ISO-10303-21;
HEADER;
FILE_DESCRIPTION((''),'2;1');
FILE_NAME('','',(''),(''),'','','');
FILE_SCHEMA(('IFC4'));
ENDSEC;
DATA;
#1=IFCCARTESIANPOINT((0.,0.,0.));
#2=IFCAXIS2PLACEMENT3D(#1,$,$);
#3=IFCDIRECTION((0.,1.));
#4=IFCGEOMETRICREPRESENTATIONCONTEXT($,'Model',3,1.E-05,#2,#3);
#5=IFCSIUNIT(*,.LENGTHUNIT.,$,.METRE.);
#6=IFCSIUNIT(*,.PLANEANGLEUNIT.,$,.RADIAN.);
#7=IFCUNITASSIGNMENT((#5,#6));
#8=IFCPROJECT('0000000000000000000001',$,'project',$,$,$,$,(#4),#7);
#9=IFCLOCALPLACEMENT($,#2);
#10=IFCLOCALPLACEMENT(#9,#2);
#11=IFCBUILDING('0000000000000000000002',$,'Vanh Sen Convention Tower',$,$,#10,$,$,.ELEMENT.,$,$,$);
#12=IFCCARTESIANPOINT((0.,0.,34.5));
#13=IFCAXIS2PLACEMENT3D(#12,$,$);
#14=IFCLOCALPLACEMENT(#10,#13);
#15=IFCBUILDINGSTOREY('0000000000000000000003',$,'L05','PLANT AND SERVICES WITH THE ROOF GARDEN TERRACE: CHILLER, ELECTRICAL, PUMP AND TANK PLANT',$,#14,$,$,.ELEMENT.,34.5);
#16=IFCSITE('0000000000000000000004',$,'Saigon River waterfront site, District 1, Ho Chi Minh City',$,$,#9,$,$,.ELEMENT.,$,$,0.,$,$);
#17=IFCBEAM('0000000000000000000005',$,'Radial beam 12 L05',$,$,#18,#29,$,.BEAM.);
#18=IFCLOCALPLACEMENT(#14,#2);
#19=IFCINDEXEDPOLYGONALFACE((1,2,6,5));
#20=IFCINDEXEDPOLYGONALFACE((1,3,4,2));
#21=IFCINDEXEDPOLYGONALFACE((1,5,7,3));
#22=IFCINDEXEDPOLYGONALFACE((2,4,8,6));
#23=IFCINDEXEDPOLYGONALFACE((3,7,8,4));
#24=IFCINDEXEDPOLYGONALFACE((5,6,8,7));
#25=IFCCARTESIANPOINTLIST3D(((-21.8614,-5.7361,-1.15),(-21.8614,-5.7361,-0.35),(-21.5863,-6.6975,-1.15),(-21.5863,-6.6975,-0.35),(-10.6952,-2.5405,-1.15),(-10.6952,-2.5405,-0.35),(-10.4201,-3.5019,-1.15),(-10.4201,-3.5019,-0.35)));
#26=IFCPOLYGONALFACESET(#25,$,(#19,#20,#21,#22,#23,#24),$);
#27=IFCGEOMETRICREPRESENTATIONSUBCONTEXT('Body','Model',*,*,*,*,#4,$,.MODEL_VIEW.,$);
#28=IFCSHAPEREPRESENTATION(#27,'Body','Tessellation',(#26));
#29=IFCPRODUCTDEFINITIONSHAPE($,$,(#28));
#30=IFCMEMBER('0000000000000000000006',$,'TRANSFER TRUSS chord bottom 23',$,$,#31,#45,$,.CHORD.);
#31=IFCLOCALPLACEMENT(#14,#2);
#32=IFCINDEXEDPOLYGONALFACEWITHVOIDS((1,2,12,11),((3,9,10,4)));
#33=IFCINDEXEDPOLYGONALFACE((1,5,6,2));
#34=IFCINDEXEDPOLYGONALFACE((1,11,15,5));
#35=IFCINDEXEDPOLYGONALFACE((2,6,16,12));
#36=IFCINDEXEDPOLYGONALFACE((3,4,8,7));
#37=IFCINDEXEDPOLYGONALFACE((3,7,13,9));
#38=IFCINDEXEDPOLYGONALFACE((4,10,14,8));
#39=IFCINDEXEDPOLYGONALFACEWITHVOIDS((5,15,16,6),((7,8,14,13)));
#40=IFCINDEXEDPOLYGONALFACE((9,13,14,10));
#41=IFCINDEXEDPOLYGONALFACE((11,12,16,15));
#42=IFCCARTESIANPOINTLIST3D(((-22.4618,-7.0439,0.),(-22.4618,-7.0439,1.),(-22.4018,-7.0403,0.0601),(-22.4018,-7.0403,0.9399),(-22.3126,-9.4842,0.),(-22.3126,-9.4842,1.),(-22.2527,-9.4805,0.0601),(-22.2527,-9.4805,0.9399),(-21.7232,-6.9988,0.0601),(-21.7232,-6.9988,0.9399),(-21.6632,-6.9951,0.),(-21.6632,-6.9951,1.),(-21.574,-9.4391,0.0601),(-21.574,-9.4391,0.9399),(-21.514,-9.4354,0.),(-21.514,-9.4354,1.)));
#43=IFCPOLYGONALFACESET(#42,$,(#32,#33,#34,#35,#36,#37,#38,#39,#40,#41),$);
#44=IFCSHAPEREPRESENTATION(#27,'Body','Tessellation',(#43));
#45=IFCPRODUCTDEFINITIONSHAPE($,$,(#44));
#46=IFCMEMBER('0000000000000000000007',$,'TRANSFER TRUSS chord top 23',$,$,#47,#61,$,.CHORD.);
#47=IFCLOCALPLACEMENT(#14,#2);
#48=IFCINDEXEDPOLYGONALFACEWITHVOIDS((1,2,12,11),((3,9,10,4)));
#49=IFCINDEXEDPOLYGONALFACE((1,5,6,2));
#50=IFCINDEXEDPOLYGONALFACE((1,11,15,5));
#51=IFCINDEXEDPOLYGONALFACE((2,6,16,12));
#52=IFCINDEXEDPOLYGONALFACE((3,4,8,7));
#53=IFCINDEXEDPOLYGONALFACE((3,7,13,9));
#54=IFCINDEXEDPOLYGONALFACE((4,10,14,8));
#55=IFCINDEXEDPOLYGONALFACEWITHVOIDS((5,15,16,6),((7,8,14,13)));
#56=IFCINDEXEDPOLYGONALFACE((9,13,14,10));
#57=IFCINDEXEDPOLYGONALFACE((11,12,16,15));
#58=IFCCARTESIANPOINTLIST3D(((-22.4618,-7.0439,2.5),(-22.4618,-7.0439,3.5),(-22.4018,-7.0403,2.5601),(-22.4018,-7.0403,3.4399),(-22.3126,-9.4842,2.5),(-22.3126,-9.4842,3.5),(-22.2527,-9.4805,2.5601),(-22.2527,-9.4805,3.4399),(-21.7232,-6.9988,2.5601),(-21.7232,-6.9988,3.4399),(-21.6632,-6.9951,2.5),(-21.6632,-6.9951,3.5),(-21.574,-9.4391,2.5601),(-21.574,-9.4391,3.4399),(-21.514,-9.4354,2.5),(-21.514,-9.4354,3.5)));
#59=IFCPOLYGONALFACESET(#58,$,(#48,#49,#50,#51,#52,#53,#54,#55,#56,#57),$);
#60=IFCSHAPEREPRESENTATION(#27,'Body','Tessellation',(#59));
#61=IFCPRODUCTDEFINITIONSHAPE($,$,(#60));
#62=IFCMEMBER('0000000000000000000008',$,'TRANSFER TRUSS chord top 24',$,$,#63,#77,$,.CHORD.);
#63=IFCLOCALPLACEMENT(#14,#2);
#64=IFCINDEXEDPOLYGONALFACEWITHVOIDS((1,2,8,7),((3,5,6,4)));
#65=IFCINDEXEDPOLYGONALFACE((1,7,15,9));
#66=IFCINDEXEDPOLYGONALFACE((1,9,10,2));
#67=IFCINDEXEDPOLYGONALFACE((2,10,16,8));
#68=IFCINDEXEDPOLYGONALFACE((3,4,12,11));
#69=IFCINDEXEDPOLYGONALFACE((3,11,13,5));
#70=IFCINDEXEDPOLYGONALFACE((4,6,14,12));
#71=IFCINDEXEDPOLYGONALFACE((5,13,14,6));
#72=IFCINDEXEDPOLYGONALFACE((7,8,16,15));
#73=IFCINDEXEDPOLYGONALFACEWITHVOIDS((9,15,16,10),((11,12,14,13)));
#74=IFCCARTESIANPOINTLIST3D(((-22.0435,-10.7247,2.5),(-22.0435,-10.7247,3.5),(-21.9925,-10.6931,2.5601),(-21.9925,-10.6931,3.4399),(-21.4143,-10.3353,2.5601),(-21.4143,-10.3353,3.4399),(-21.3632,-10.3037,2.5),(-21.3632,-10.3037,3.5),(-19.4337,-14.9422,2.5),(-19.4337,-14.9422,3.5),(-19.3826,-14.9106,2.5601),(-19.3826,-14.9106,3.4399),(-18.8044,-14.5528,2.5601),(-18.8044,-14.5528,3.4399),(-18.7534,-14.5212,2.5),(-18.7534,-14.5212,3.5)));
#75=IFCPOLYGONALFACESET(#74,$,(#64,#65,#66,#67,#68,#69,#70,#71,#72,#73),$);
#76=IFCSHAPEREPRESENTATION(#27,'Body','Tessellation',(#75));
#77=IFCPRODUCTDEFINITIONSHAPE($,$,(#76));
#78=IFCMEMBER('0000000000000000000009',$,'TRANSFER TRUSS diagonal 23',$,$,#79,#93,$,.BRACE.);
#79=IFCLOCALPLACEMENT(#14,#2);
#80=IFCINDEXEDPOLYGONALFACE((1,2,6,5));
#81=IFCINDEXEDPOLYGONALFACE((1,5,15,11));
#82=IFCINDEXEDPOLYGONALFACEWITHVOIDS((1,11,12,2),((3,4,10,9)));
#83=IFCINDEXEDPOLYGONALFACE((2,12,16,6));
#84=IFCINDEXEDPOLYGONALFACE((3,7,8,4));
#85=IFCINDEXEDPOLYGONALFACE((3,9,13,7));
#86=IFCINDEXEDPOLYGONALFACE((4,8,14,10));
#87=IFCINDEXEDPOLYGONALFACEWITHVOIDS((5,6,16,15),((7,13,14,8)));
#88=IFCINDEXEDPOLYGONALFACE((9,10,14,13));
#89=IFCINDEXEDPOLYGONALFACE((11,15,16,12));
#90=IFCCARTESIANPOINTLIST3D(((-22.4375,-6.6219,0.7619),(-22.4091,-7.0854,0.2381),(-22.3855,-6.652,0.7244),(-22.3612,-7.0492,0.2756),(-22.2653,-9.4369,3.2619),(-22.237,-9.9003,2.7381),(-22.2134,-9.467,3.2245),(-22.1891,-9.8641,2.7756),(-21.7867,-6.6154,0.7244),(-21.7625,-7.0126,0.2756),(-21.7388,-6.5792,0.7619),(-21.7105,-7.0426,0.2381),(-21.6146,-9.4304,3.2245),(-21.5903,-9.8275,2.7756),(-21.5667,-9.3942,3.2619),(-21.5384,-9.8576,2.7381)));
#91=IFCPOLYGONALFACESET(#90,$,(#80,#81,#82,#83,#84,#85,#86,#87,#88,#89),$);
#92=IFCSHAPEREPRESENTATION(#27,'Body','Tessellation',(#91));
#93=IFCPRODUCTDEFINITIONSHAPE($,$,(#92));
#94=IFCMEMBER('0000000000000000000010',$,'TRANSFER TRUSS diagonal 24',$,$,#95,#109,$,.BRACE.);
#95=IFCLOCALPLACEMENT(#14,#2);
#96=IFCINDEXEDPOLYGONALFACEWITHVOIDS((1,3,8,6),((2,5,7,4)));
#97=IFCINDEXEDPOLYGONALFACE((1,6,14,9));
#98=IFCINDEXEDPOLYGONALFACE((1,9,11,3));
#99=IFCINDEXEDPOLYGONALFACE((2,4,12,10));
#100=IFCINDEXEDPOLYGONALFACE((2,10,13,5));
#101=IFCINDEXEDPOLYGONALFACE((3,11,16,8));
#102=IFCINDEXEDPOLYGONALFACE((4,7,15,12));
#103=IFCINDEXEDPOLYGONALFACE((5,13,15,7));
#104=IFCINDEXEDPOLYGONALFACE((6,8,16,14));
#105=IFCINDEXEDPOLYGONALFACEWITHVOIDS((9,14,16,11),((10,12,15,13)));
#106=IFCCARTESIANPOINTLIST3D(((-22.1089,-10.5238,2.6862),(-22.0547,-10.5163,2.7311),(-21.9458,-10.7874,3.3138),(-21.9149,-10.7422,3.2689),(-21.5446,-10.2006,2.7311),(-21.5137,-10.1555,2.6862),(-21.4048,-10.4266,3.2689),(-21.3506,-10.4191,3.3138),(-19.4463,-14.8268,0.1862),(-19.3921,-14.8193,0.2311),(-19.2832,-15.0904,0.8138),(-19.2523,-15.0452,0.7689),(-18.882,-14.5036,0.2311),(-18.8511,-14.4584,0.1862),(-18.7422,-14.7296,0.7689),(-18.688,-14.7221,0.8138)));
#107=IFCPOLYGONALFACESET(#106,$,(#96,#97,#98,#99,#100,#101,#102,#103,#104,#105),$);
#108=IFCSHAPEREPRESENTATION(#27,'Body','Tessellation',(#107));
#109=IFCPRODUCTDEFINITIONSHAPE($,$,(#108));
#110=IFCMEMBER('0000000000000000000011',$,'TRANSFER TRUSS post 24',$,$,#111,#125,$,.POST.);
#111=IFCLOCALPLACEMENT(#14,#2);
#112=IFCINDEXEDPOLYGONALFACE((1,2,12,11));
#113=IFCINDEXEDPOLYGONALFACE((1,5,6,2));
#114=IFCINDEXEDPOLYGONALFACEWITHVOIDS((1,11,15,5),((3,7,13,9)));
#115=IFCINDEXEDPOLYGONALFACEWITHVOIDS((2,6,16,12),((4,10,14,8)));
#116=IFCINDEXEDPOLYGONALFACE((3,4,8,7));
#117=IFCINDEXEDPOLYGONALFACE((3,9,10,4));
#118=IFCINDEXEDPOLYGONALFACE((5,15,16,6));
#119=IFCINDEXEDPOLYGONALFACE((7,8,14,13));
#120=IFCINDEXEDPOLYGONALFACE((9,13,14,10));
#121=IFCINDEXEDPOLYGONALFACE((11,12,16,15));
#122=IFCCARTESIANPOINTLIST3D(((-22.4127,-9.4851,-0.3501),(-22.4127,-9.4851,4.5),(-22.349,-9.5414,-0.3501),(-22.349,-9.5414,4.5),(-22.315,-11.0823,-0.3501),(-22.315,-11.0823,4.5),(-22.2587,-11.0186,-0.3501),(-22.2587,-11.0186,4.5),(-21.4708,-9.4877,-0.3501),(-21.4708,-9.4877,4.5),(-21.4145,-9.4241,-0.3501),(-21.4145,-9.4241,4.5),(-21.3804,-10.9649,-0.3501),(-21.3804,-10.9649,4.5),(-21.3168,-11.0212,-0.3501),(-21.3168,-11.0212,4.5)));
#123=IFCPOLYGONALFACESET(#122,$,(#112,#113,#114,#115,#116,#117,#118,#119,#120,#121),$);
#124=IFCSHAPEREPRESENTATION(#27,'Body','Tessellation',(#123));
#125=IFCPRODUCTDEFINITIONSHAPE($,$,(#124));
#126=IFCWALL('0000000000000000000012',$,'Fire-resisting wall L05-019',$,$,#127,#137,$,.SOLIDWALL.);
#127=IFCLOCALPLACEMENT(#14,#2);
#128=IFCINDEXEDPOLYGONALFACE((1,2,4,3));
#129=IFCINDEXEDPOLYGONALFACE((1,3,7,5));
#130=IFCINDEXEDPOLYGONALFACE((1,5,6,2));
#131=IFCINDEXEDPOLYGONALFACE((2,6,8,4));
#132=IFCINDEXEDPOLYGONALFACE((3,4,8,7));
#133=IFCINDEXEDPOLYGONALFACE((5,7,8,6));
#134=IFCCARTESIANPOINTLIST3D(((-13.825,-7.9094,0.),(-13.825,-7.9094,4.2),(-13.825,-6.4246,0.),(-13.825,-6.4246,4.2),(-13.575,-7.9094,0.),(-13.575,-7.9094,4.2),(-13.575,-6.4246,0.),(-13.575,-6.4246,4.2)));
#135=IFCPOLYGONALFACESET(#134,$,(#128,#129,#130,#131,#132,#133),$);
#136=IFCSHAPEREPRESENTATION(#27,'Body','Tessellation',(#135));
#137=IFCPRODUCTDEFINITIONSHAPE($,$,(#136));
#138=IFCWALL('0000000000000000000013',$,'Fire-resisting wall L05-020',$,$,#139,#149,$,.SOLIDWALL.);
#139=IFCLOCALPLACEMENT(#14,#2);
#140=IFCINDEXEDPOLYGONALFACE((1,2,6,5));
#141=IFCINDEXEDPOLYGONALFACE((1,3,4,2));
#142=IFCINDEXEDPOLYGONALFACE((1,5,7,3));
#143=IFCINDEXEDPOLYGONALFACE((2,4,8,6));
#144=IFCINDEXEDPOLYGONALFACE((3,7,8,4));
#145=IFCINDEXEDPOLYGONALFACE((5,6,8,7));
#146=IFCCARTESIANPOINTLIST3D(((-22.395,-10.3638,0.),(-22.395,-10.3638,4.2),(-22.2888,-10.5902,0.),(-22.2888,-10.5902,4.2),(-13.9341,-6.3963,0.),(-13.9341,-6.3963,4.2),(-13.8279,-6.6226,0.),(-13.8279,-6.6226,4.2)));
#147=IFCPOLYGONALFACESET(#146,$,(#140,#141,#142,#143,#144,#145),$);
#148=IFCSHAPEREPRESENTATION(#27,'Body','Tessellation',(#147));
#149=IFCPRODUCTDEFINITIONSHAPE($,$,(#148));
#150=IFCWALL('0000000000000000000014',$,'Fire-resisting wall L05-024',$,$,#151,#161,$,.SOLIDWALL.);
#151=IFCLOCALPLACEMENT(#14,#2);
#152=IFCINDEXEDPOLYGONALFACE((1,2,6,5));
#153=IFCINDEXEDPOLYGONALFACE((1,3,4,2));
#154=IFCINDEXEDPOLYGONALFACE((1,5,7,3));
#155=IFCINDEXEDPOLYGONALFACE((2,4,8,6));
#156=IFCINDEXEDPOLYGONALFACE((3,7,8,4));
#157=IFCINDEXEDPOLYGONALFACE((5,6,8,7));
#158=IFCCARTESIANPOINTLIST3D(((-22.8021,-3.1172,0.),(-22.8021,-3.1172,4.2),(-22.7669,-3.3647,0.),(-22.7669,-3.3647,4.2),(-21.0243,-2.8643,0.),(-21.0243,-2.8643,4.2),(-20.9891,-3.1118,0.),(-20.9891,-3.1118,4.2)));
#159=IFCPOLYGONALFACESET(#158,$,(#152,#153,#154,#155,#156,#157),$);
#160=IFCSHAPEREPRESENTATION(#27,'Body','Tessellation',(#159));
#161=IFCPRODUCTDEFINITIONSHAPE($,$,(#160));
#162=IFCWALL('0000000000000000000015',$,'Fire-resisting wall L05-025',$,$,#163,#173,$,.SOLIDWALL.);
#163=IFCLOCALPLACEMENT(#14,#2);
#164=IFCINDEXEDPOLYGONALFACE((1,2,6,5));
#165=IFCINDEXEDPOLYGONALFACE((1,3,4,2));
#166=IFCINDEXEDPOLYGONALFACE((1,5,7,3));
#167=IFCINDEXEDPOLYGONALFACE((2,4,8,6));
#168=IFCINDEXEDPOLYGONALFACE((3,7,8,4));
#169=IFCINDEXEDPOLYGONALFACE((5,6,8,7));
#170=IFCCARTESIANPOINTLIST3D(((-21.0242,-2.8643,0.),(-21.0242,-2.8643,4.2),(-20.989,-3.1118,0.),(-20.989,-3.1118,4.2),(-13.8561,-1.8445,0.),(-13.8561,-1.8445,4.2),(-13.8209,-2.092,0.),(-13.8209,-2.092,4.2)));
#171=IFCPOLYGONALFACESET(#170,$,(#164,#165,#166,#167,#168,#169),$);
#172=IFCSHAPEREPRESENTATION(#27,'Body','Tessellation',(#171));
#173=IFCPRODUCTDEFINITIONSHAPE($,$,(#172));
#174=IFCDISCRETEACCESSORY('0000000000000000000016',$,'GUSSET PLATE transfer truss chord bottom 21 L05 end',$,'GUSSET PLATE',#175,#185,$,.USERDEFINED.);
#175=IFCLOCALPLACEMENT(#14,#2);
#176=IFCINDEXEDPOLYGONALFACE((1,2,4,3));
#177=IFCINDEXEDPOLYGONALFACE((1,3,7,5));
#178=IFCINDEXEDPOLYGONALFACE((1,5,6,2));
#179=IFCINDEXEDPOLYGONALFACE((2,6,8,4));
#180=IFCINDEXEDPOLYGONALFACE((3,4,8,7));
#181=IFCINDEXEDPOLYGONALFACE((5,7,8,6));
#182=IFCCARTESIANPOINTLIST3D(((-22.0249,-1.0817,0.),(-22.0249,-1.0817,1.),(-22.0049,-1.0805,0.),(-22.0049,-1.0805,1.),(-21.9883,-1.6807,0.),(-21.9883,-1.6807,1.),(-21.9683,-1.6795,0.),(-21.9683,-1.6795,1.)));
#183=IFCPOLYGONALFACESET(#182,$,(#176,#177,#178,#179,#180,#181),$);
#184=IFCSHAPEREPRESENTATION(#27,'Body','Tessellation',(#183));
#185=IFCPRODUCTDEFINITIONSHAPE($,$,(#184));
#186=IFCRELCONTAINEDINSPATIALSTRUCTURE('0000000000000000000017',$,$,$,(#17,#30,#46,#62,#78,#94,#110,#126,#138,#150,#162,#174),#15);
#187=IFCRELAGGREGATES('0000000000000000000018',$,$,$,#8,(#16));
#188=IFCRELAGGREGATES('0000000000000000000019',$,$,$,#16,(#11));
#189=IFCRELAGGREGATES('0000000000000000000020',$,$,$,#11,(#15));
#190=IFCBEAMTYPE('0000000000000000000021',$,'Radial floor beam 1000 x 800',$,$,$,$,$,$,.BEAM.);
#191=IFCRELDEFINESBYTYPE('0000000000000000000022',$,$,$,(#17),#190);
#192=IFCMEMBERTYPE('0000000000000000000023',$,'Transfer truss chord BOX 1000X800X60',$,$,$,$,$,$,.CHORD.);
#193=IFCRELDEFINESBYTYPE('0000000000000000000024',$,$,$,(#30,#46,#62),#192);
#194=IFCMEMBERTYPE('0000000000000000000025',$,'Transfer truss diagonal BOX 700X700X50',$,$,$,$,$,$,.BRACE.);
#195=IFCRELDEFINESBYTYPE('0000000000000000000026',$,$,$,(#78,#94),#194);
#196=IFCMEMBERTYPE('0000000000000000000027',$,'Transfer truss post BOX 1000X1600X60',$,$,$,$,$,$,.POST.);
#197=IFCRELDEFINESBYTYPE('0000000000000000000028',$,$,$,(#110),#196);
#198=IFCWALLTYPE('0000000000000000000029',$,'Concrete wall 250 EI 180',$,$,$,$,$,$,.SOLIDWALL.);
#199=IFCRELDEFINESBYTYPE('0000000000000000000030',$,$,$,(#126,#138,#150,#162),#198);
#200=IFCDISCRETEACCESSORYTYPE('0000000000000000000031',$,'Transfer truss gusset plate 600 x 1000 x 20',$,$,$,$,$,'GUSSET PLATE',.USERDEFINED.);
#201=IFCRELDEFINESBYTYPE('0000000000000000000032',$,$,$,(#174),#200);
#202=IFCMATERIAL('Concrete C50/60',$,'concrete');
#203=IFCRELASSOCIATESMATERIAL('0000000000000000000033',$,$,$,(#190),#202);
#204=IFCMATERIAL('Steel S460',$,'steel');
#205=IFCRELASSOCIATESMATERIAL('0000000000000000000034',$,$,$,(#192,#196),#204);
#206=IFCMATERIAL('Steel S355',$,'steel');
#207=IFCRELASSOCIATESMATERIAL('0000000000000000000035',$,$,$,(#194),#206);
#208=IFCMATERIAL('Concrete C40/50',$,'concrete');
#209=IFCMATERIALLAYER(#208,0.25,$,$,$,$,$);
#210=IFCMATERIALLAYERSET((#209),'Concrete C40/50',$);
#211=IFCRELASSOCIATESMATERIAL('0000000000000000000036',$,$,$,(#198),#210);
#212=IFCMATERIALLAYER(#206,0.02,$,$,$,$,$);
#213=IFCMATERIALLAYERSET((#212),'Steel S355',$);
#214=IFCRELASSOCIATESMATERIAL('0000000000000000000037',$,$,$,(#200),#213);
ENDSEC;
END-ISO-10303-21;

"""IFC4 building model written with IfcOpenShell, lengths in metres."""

from ifc_helpers import new_model, si_unit, direction, frame, frame_2d, origin, origin_2d, place, context, subcontext, project, spatial, rectangle, hollow_rectangle, extrude, material, layer, layer_set, material_profile, profile_set, type_object, element, save


model = new_model("IFC4")

# Units and contexts
model_context = context("Model", 3, precision=1e-05, world=origin(), true_north=direction((0.0, 1.0)))
body_context = subcontext(model_context, "Body", "Model", "MODEL_VIEW")
ifc_project = project(units=[si_unit("LENGTHUNIT", "METRE"), si_unit("PLANEANGLEUNIT", "RADIAN")], contexts=[model_context])

# Site, building, storey
site_placement = place(None, origin())
site = spatial("IfcSite", under=ifc_project, at=site_placement, Name="Saigon River waterfront site, District 1, Ho Chi Minh City", CompositionType="ELEMENT", RefElevation=0.0)
building_placement = place(site_placement, origin())
building = spatial("IfcBuilding", under=site, at=building_placement, Name="Vanh Sen Convention Tower", CompositionType="ELEMENT")
storey_placement = place(building_placement, frame((0.0, 0.0, 34.5)))
storey = spatial("IfcBuildingStorey", under=building, at=storey_placement, Name="L05", Description="PLANT AND SERVICES WITH THE ROOF GARDEN TERRACE: CHILLER, ELECTRICAL, PUMP AND TANK PLANT", CompositionType="ELEMENT", Elevation=34.5)

# Beam
ifc_material_1 = material(Name="Concrete C50/60", Category="concrete")
ifc_material_profile_1 = material_profile(ifc_material_1, rectangle(XDim=1.0, YDim=0.8, at=origin_2d()), Name="RC 1000X800")
ifc_profile_set_1 = profile_set([ifc_material_profile_1], Name="Concrete C50/60")
beam_type = type_object("IfcBeamType", Name="Radial floor beam 1000 x 800", PredefinedType="BEAM", material=ifc_profile_set_1)
beam_placement = place(storey_placement, frame((-21.7239, -6.2168, -0.75), z_axis=(0.961406, 0.275135, 0.0), x_axis=(-0.275135, 0.961406, 0.0)))
element("IfcBeam", 1, at=beam_placement, inside=storey, type_object=beam_type, Name="Radial beam 12 L05", PredefinedType="BEAM", context=body_context, shape_type="SweptSolid", body=[
    extrude(rectangle(XDim=1.0, YDim=0.8, at=origin_2d()), origin(), (0.0, 0.0, 1.0), 11.6145),
])

# Members
ifc_material_2 = material(Name="Steel S460", Category="steel")
ifc_material_profile_2 = material_profile(ifc_material_2, hollow_rectangle(XDim=0.8, YDim=1.0, WallThickness=0.0601, at=origin_2d()), Name="BOX 1000X800X60")
ifc_profile_set_2 = profile_set([ifc_material_profile_2], Name="Steel S460")
member_type_1 = type_object("IfcMemberType", Name="Transfer truss chord BOX 1000X800X60", PredefinedType="CHORD", material=ifc_profile_set_2)
for number, where, z_axis, x_axis, name in (
    (2, (-22.0625, -7.0195, 0.5), (0.061017, -0.998137, 0.0), (0.998137, 0.061017, 0.0), "TRANSFER TRUSS chord bottom 23"),
    (3, (-22.0625, -7.0195, 3.0), (0.061017, -0.998137, 0.0), (0.998137, 0.061017, 0.0), "TRANSFER TRUSS chord top 23"),
):
    element("IfcMember", number, at=place(storey_placement, frame(where, z_axis=z_axis, x_axis=x_axis)), inside=storey, type_object=member_type_1, Name=name, PredefinedType="CHORD", context=body_context, shape_type="SweptSolid", body=[
        extrude(hollow_rectangle(XDim=0.8, YDim=1.0, WallThickness=0.0601, at=origin_2d()), origin(), (0.0, 0.0, 1.0), 2.4448),
    ])
member_1_placement = place(storey_placement, frame((-21.7034, -10.5142, 3.0), z_axis=(0.526211, -0.850354, 0.0), x_axis=(0.850354, 0.526211, 0.0)))
element("IfcMember", 4, at=member_1_placement, inside=storey, type_object=member_type_1, Name="TRANSFER TRUSS chord top 24", PredefinedType="CHORD", context=body_context, shape_type="SweptSolid", body=[
    extrude(hollow_rectangle(XDim=0.8, YDim=1.0, WallThickness=0.0601, at=origin_2d()), origin(), (0.0, 0.0, 1.0), 4.9597),
])
ifc_material_3 = material(Name="Steel S355", Category="steel")
ifc_material_profile_3 = material_profile(ifc_material_3, hollow_rectangle(XDim=0.7, YDim=0.7, WallThickness=0.05, at=origin_2d()), Name="BOX 700X700X50")
ifc_profile_set_3 = profile_set([ifc_material_profile_3], Name="Steel S355")
member_type_2 = type_object("IfcMemberType", Name="Transfer truss diagonal BOX 700X700X50", PredefinedType="BRACE", material=ifc_profile_set_3)
member_2_placement = place(storey_placement, frame((-22.074, -6.8323, 0.5), z_axis=(0.04567, -0.746915, 0.663349), x_axis=(0.998136, 0.061031, 0.0)))
element("IfcMember", 5, at=member_2_placement, inside=storey, type_object=member_type_2, Name="TRANSFER TRUSS diagonal 23", PredefinedType="BRACE", context=body_context, shape_type="SweptSolid", body=[
    extrude(hollow_rectangle(XDim=0.7, YDim=0.7, WallThickness=0.05, at=origin_2d()), origin(), (0.0, 0.0, 1.0), 3.7688),
])
member_3_placement = place(storey_placement, frame((-21.7297, -10.4714, 3.0), z_axis=(0.471755, -0.762395, -0.442946), x_axis=(0.850367, 0.52619, 0.0)))
element("IfcMember", 6, at=member_3_placement, inside=storey, type_object=member_type_2, Name="TRANSFER TRUSS diagonal 24", PredefinedType="BRACE", context=body_context, shape_type="SweptSolid", body=[
    extrude(hollow_rectangle(XDim=0.7, YDim=0.7, WallThickness=0.05, at=origin_2d()), origin(), (0.0, 0.0, 1.0), 5.644),
])
ifc_material_profile_4 = material_profile(ifc_material_2, hollow_rectangle(XDim=1.6001, YDim=1.0, WallThickness=0.0601, at=origin_2d()), Name="BOX 1000X1600X60")
ifc_profile_set_4 = profile_set([ifc_material_profile_4], Name="Steel S460")
member_type_3 = type_object("IfcMemberType", Name="Transfer truss post BOX 1000X1600X60", PredefinedType="POST", material=ifc_profile_set_4)
member_4_placement = place(storey_placement, frame((-21.8647, -10.2532, -0.3501), z_axis=(0.0, 0.0, 1.0), x_axis=(0.061049, -0.998135, 0.0)))
element("IfcMember", 7, at=member_4_placement, inside=storey, type_object=member_type_3, Name="TRANSFER TRUSS post 24", PredefinedType="POST", context=body_context, shape_type="SweptSolid", body=[
    extrude(hollow_rectangle(XDim=1.6001, YDim=1.0, WallThickness=0.0601, at=origin_2d()), origin(), (0.0, 0.0, 1.0), 4.8501),
])

# Walls
ifc_material_4 = material(Name="Concrete C40/50", Category="concrete")
ifc_layer_1 = layer(ifc_material_4, 0.25)
ifc_layer_set_1 = layer_set([ifc_layer_1], Name="Concrete C40/50")
wall_type = type_object("IfcWallType", Name="Concrete wall 250 EI 180", PredefinedType="SOLIDWALL", material=ifc_layer_set_1)
wall_1_placement = place(storey_placement, frame((-13.7, -7.9094, 0.0), z_axis=(0.0, 0.0, 1.0), x_axis=(0.0, 1.0, 0.0)))
element("IfcWall", 8, at=wall_1_placement, inside=storey, type_object=wall_type, Name="Fire-resisting wall L05-019", PredefinedType="SOLIDWALL", context=body_context, shape_type="SweptSolid", body=[
    extrude(rectangle(XDim=1.4849, YDim=0.25, at=frame_2d((0.7424, 0.0))), origin(), (0.0, 0.0, 1.0), 4.2),
])
wall_2_placement = place(storey_placement, frame((-13.8811, -6.5095, 0.0), z_axis=(0.0, 0.0, 1.0), x_axis=(-0.905399, -0.424562, 0.0)))
element("IfcWall", 9, at=wall_2_placement, inside=storey, type_object=wall_type, Name="Fire-resisting wall L05-020", PredefinedType="SOLIDWALL", context=body_context, shape_type="SweptSolid", body=[
    extrude(rectangle(XDim=9.345, YDim=0.25, at=frame_2d((4.6724, 0.0))), origin(), (0.0, 0.0, 1.0), 4.2),
])
wall_3_placement = place(storey_placement, frame((-21.0066, -2.988, 0.0), z_axis=(0.0, 0.0, 1.0), x_axis=(-0.990031, -0.14085, 0.0)))
element("IfcWall", 10, at=wall_3_placement, inside=storey, type_object=wall_type, Name="Fire-resisting wall L05-024", PredefinedType="SOLIDWALL", context=body_context, shape_type="SweptSolid", body=[
    extrude(rectangle(XDim=1.7957, YDim=0.25, at=frame_2d((0.8979, 0.0))), origin(), (0.0, 0.0, 1.0), 4.2),
])
wall_4_placement = place(storey_placement, frame((-21.0066, -2.988, 0.0), z_axis=(0.0, 0.0, 1.0), x_axis=(0.990031, 0.14085, 0.0)))
element("IfcWall", 11, at=wall_4_placement, inside=storey, type_object=wall_type, Name="Fire-resisting wall L05-025", PredefinedType="SOLIDWALL", context=body_context, shape_type="SweptSolid", body=[
    extrude(rectangle(XDim=7.2402, YDim=0.25, at=frame_2d((3.6201, 0.0))), origin(), (0.0, 0.0, 1.0), 4.2),
])

# Discrete accessory
ifc_layer_2 = layer(ifc_material_3, 0.02)
ifc_layer_set_2 = layer_set([ifc_layer_2], Name="Steel S355")
discrete_accessory_type_1 = type_object("IfcDiscreteAccessoryType", Name="Transfer truss gusset plate 600 x 1000 x 20", ElementType="GUSSET PLATE", PredefinedType="USERDEFINED", material=ifc_layer_set_2)
for number, where, z_axis, x_axis, name in (
    (12, (-21.9966, -1.3806, 0.0), (0.0, 0.0, 1.0), (-0.061047, 0.998135, 0.0), "GUSSET PLATE transfer truss chord bottom 21 L05 end"),
):
    element("IfcDiscreteAccessory", number, at=place(storey_placement, frame(where, z_axis=z_axis, x_axis=x_axis)), inside=storey, type_object=discrete_accessory_type_1, Name=name, ObjectType="GUSSET PLATE", PredefinedType="USERDEFINED", context=body_context, shape_type="SweptSolid", body=[
        extrude(rectangle(XDim=0.6001, YDim=0.02, at=origin_2d()), origin(), (0.0, 0.0, 1.0), 1.0),
    ])

save(model, "model.ifc")
